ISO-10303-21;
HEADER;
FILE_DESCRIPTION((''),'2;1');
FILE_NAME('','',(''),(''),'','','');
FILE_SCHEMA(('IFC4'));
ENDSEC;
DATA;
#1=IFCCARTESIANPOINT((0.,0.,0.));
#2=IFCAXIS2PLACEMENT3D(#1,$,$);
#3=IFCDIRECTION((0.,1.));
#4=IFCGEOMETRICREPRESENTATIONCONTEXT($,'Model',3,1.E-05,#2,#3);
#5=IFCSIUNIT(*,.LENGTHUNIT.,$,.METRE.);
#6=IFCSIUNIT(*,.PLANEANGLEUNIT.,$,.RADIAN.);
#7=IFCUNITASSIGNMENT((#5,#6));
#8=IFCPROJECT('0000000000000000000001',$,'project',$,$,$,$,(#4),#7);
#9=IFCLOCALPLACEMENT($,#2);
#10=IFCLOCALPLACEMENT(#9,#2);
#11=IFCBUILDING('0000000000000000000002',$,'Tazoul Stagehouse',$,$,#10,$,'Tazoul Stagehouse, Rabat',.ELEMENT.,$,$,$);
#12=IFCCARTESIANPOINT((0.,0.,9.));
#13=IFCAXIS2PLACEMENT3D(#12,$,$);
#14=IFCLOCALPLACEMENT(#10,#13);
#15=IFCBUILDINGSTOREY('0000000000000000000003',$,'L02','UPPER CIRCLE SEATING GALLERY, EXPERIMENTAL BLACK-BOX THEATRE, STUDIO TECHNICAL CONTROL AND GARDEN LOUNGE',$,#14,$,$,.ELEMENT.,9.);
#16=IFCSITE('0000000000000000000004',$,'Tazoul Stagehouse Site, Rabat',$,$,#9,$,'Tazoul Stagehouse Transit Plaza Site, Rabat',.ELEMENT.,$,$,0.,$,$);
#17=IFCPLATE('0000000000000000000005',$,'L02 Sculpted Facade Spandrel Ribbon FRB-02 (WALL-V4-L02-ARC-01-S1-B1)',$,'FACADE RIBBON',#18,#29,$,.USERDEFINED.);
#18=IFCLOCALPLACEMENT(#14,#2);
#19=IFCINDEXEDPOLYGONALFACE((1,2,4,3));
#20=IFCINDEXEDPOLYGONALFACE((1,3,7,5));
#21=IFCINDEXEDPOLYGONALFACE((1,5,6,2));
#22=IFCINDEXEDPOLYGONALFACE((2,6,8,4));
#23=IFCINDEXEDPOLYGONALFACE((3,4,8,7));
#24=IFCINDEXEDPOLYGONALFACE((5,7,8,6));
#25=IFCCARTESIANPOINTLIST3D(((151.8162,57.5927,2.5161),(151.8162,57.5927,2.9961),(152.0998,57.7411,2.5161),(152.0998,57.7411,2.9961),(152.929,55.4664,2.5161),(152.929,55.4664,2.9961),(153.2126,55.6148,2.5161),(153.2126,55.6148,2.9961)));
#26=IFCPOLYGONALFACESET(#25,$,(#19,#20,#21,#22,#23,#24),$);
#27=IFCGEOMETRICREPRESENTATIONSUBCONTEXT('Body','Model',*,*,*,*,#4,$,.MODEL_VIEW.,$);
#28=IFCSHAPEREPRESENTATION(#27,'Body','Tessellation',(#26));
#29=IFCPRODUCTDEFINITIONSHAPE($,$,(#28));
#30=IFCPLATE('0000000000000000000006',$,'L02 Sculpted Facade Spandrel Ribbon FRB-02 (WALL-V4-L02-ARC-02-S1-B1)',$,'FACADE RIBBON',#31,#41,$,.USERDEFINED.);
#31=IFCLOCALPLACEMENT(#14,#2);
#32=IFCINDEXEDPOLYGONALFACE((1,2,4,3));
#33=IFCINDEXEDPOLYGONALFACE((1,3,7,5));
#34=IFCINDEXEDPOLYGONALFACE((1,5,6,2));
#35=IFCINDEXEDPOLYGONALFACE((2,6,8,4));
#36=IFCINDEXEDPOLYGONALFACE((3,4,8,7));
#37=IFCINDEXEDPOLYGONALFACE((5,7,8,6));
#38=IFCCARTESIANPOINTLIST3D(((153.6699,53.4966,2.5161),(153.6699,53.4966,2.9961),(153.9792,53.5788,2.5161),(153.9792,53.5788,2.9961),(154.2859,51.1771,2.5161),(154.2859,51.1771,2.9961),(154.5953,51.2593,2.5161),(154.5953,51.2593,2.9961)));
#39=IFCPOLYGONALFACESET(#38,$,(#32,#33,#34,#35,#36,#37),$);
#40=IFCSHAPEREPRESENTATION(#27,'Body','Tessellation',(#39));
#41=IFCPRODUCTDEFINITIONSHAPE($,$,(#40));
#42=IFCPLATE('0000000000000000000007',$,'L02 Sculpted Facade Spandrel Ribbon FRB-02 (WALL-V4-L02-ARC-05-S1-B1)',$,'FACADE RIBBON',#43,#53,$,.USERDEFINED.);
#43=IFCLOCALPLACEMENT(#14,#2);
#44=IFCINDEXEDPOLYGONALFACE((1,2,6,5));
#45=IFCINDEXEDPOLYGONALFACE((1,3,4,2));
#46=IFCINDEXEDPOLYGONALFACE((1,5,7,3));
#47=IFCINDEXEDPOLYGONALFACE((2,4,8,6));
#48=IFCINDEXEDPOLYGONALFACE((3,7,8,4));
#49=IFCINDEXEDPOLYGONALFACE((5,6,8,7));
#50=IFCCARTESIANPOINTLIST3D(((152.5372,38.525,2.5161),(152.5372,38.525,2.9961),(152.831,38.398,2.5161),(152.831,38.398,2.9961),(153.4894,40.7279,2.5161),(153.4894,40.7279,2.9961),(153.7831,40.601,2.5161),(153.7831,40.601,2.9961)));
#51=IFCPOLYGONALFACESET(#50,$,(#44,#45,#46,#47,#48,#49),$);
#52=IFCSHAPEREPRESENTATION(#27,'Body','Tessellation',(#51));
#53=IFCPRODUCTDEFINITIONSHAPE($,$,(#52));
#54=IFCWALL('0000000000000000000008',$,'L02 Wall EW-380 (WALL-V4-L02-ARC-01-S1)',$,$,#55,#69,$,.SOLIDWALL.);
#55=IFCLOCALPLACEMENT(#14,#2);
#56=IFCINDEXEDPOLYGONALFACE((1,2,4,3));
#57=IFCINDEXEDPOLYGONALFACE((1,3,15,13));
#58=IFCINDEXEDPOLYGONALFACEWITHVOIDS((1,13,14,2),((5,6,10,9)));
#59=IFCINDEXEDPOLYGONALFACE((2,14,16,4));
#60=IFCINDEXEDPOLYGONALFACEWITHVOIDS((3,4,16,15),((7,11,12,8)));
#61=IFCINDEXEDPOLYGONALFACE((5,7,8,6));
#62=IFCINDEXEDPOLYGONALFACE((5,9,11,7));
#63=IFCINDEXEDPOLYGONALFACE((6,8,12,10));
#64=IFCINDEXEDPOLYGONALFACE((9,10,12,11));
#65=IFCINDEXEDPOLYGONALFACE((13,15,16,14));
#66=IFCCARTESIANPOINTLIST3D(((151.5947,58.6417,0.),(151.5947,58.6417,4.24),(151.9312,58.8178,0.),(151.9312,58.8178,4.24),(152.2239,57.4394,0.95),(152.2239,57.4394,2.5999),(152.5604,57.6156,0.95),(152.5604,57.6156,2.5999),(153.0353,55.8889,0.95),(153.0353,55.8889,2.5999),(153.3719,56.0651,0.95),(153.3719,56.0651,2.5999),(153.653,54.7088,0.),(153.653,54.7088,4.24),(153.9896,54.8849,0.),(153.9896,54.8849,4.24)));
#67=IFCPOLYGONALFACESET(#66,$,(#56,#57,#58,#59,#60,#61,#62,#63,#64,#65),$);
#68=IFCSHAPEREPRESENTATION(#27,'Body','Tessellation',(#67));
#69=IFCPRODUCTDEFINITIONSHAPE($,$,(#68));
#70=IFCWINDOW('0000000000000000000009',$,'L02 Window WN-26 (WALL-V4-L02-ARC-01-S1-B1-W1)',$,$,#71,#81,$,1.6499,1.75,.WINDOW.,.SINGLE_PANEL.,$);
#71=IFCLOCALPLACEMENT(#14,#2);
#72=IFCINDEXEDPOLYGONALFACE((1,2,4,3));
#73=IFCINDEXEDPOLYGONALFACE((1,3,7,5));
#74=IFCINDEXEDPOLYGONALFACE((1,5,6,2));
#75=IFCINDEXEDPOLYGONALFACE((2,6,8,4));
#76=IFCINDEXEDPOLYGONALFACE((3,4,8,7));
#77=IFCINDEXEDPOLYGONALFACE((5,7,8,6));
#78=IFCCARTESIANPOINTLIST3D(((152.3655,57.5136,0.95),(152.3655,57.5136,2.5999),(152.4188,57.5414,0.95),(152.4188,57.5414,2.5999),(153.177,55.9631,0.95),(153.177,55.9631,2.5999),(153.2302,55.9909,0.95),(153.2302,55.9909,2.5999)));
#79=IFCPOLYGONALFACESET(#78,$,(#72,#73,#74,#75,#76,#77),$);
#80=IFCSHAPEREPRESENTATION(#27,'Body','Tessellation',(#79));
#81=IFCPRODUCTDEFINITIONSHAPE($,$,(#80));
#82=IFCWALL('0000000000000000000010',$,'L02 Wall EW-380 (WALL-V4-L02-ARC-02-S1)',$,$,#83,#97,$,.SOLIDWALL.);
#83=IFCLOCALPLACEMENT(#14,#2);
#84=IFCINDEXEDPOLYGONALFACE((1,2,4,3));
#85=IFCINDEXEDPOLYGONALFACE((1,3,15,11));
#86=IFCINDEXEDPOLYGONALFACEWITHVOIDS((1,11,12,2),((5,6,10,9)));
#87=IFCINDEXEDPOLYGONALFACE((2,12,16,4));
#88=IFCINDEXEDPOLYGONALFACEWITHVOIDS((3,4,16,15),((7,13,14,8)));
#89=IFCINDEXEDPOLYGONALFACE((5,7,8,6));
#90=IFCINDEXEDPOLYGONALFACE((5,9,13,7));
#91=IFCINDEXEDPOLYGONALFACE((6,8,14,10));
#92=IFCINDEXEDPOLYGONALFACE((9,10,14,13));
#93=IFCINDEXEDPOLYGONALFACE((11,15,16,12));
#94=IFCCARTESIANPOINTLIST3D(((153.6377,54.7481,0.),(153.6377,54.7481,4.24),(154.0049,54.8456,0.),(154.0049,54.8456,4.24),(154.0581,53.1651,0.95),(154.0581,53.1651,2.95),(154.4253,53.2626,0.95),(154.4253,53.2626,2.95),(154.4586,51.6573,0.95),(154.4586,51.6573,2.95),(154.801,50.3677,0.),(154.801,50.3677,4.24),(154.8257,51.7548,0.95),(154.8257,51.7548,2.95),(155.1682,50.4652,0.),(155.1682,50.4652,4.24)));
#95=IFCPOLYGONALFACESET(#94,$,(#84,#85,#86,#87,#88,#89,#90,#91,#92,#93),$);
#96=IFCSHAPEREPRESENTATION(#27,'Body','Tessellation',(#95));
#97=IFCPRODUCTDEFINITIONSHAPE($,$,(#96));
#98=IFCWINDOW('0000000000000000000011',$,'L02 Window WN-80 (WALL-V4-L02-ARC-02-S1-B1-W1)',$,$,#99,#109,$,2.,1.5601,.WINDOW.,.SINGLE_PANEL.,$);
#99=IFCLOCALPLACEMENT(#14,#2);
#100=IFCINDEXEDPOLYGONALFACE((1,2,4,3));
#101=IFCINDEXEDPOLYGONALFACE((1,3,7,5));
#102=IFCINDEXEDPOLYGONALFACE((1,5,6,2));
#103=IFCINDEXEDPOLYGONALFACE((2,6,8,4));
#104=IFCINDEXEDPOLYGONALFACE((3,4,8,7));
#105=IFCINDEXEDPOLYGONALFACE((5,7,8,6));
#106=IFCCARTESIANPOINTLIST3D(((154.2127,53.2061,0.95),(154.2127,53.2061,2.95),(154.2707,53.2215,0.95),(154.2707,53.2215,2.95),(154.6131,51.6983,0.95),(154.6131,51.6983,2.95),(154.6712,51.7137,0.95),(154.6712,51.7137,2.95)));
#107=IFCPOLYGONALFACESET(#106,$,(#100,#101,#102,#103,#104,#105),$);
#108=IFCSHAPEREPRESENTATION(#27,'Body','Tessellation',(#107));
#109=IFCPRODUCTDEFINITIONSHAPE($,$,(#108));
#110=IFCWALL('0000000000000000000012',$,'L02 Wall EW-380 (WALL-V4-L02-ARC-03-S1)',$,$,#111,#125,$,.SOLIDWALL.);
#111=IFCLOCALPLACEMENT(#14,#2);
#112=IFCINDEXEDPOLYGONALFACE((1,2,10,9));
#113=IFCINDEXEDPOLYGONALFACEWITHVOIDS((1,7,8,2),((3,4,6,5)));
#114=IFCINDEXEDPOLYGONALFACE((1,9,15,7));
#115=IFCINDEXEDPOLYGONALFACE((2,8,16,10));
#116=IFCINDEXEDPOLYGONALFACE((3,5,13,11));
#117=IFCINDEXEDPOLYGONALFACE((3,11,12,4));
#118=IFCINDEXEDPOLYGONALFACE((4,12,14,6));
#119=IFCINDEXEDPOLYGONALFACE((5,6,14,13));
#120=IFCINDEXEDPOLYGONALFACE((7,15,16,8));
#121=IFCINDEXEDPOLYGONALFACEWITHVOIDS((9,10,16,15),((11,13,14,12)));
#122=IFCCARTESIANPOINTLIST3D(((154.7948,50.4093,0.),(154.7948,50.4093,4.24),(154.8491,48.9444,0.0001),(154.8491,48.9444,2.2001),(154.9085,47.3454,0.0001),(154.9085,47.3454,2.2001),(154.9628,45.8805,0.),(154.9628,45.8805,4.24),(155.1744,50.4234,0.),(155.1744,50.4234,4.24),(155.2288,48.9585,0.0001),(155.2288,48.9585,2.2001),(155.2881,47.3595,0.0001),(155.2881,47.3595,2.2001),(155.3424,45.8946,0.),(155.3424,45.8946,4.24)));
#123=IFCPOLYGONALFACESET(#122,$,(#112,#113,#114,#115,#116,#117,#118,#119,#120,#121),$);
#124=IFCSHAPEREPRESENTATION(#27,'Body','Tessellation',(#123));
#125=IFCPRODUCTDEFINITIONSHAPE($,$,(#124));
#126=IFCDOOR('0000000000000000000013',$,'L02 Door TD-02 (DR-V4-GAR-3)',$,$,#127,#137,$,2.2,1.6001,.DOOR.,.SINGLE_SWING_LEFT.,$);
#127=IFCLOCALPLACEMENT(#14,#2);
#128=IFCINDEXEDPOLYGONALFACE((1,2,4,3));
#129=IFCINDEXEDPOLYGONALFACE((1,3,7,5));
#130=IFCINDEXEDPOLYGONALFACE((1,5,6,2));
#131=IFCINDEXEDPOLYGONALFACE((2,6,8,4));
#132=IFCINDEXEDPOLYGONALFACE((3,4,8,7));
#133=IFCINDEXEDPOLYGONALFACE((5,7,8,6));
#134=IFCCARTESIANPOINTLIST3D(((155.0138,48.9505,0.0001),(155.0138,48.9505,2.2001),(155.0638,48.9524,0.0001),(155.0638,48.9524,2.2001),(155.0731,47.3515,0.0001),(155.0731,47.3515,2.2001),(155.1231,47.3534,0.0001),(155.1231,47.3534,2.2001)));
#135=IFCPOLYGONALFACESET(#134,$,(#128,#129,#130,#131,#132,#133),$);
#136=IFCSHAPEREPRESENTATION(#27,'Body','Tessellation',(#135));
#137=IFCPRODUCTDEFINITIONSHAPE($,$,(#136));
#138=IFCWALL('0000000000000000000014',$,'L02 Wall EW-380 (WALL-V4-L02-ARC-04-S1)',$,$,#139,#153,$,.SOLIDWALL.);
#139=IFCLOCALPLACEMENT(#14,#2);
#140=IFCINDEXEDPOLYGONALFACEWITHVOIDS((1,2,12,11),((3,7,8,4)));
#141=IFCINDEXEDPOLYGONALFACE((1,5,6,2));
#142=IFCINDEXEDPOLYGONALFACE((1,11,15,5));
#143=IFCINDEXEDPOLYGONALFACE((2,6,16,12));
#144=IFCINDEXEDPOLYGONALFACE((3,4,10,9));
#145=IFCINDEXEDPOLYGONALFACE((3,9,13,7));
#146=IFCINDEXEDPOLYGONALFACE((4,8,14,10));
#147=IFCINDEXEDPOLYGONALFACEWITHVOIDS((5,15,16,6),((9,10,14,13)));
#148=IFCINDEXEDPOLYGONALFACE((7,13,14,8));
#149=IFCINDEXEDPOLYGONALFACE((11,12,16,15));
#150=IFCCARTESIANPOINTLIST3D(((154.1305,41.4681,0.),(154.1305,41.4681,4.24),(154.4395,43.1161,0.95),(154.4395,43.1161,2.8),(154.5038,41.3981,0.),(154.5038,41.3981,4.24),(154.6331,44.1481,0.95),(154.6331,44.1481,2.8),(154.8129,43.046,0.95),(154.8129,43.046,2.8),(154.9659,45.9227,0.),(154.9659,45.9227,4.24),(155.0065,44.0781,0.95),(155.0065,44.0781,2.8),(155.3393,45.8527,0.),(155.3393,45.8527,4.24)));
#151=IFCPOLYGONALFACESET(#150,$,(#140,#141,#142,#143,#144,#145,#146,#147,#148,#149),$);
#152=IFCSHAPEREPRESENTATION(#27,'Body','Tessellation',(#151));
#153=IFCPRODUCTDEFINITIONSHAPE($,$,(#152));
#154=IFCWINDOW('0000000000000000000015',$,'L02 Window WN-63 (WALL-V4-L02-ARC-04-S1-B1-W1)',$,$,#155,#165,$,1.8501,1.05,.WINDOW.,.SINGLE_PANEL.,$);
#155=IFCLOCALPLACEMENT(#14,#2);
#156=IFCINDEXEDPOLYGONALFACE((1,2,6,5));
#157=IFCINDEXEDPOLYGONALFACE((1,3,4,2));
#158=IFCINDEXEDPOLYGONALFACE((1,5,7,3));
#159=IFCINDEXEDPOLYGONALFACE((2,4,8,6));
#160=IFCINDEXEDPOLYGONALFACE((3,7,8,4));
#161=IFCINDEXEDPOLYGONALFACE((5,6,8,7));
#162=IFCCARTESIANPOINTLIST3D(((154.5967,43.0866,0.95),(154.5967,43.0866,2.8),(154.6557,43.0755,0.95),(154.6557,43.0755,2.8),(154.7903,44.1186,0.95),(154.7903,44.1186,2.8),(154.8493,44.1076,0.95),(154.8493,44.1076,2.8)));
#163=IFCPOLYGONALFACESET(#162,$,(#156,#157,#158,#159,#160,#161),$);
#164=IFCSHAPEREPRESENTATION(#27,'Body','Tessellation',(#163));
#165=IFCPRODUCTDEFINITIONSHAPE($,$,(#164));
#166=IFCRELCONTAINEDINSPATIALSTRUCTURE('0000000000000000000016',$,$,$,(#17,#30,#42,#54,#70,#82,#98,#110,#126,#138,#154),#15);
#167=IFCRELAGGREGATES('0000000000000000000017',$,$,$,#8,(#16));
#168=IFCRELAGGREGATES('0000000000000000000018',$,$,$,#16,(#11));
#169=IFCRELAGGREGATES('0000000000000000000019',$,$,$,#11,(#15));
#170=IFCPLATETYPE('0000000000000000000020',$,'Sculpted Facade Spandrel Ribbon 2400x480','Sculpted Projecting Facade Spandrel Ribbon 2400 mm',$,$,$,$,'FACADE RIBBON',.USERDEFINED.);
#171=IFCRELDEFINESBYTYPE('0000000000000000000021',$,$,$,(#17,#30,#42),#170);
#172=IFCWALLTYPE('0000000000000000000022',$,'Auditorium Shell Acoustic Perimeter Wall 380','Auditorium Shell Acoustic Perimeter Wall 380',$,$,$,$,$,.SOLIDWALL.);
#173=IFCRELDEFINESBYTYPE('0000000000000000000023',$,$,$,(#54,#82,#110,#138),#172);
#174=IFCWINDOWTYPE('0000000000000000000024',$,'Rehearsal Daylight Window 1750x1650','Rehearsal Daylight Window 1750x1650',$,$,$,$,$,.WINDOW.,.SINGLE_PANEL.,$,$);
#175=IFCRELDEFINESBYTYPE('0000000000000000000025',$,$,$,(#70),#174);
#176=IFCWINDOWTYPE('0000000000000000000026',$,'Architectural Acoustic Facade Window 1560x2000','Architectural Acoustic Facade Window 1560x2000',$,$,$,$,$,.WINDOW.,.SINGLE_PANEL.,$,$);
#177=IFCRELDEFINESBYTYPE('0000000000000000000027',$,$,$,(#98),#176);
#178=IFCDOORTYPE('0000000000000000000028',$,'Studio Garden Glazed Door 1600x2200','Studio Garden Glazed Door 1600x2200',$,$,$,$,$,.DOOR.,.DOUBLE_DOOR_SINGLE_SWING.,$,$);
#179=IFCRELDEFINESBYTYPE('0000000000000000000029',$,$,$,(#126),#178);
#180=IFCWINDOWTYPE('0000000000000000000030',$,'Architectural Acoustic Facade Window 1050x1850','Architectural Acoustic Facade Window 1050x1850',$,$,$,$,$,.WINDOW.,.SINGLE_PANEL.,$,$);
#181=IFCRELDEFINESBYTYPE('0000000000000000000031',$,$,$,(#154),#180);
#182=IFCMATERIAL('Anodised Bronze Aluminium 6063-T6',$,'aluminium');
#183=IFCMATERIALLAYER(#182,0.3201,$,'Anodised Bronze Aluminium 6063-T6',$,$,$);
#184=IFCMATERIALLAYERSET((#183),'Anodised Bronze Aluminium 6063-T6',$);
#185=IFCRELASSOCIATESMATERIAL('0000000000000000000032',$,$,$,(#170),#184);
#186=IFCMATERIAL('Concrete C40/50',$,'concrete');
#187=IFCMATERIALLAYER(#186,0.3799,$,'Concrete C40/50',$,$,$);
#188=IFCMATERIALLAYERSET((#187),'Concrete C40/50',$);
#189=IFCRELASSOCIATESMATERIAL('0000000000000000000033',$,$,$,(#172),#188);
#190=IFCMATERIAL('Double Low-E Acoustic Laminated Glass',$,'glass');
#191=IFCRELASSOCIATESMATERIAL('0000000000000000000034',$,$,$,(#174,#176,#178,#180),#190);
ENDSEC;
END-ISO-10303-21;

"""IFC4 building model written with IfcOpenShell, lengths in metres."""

from ifc_helpers import new_model, si_unit, direction, frame, frame_2d, origin, origin_2d, place, context, subcontext, project, spatial, rectangle, extrude, material, layer, layer_set, type_object, element, fill, save


model = new_model("IFC4")

# Units and contexts
model_context = context("Model", 3, precision=1e-05, world=origin(), true_north=direction((0.0, 1.0)))
body_context = subcontext(model_context, "Body", "Model", "MODEL_VIEW")
ifc_project = project(units=[si_unit("LENGTHUNIT", "METRE"), si_unit("PLANEANGLEUNIT", "RADIAN")], contexts=[model_context])

# Site, building, storey
site_placement = place(None, origin())
site = spatial("IfcSite", under=ifc_project, at=site_placement, Name="Tazoul Stagehouse Site, Rabat", LongName="Tazoul Stagehouse Transit Plaza Site, Rabat", CompositionType="ELEMENT", RefElevation=0.0)
building_placement = place(site_placement, origin())
building = spatial("IfcBuilding", under=site, at=building_placement, Name="Tazoul Stagehouse", LongName="Tazoul Stagehouse, Rabat", CompositionType="ELEMENT")
storey_placement = place(building_placement, frame((0.0, 0.0, 9.0)))
storey = spatial("IfcBuildingStorey", under=building, at=storey_placement, Name="L02", Description="UPPER CIRCLE SEATING GALLERY, EXPERIMENTAL BLACK-BOX THEATRE, STUDIO TECHNICAL CONTROL AND GARDEN LOUNGE", CompositionType="ELEMENT", Elevation=9.0)

# Shared definitions
ifc_material_1 = material(Name="Concrete C40/50", Category="concrete")

# Plates
ifc_material_2 = material(Name="Anodised Bronze Aluminium 6063-T6", Category="aluminium")
ifc_layer_1 = layer(ifc_material_2, 0.3201, Name="Anodised Bronze Aluminium 6063-T6")
ifc_layer_set_1 = layer_set([ifc_layer_1], Name="Anodised Bronze Aluminium 6063-T6")
plate_type_1 = type_object("IfcPlateType", Name="Sculpted Facade Spandrel Ribbon 2400x480", Description="Sculpted Projecting Facade Spandrel Ribbon 2400 mm", ElementType="FACADE RIBBON", PredefinedType="USERDEFINED", material=ifc_layer_set_1)
for number, where, z_axis, x_axis, name in (
    (1, (152.5144, 56.6038, 2.5161), (0.0, 0.0, 1.0), (0.463698, -0.885993, 0.0), "L02 Sculpted Facade Spandrel Ribbon FRB-02 (WALL-V4-L02-ARC-01-S1-B1)"),
    (2, (154.1326, 52.3779, 2.5161), (0.0, 0.0, 1.0), (0.256703, -0.96649, 0.0), "L02 Sculpted Facade Spandrel Ribbon FRB-02 (WALL-V4-L02-ARC-02-S1-B1)"),
    (3, (153.1602, 39.563, 2.5161), (0.0, 0.0, 1.0), (-0.396762, -0.917922, 0.0), "L02 Sculpted Facade Spandrel Ribbon FRB-02 (WALL-V4-L02-ARC-05-S1-B1)"),
):
    element("IfcPlate", number, at=place(storey_placement, frame(where, z_axis=z_axis, x_axis=x_axis)), inside=storey, type_object=plate_type_1, Name=name, ObjectType="FACADE RIBBON", PredefinedType="USERDEFINED", context=body_context, shape_type="SweptSolid", body=[
        extrude(rectangle(XDim=2.3999, YDim=0.3201, at=origin_2d()), origin(), (0.0, 0.0, 1.0), 0.48),
    ])

# Walls, openings, windows
ifc_layer_2 = layer(ifc_material_1, 0.3799, Name="Concrete C40/50")
ifc_layer_set_2 = layer_set([ifc_layer_2], Name="Concrete C40/50")
wall_type_1 = type_object("IfcWallType", Name="Auditorium Shell Acoustic Perimeter Wall 380", Description="Auditorium Shell Acoustic Perimeter Wall 380", PredefinedType="SOLIDWALL", material=ifc_layer_set_2)
wall_1_placement = place(storey_placement, frame((151.7629, 58.7297, 0.0), z_axis=(0.0, 0.0, 1.0), x_axis=(0.463703, -0.885991, 0.0)))
wall_1 = element("IfcWall", 4, at=wall_1_placement, inside=storey, type_object=wall_type_1, Name="L02 Wall EW-380 (WALL-V4-L02-ARC-01-S1)", PredefinedType="SOLIDWALL", context=body_context, shape_type="SweptSolid", body=[
    extrude(rectangle(XDim=4.439, YDim=0.3799, at=frame_2d((2.2195, 0.0))), origin(), (0.0, 0.0, 1.0), 4.24),
])
opening_1_placement = place(wall_1_placement, frame((1.3569, 0.0, 0.95)))
opening_1 = element("IfcOpeningElement", 5, at=opening_1_placement, cuts=wall_1, PredefinedType="OPENING", context=body_context, shape_type="SweptSolid", body=[
    extrude(rectangle(XDim=1.75, YDim=1.6499, at=frame_2d((0.875, 0.825))), frame((0.0, 0.21, 0.0), z_axis=(0.0, -1.0, 0.0), x_axis=(1.0, 0.0, 0.0)), (0.0, 0.0, 1.0), 0.4199),
])
ifc_material_3 = material(Name="Double Low-E Acoustic Laminated Glass", Category="glass")
window_type_1 = type_object("IfcWindowType", Name="Rehearsal Daylight Window 1750x1650", Description="Rehearsal Daylight Window 1750x1650", PartitioningType="SINGLE_PANEL", PredefinedType="WINDOW", material=ifc_material_3)
window_1_placement = place(opening_1_placement, origin())
window_1 = element("IfcWindow", 6, at=window_1_placement, inside=storey, type_object=window_type_1, Name="L02 Window WN-26 (WALL-V4-L02-ARC-01-S1-B1-W1)", OverallHeight=1.6499, OverallWidth=1.75, PartitioningType="SINGLE_PANEL", PredefinedType="WINDOW", context=body_context, shape_type="SweptSolid", body=[
    extrude(rectangle(XDim=1.75, YDim=1.6499, at=frame_2d((0.875, 0.825))), frame((0.0, 0.03, 0.0), z_axis=(0.0, -1.0, 0.0), x_axis=(1.0, 0.0, 0.0)), (0.0, 0.0, 1.0), 0.0601),
])
fill(opening_1, window_1)
wall_2_placement = place(storey_placement, frame((153.8213, 54.7969, 0.0), z_axis=(0.0, 0.0, 1.0), x_axis=(0.25668, -0.966496, 0.0)))
wall_2 = element("IfcWall", 7, at=wall_2_placement, inside=storey, type_object=wall_type_1, Name="L02 Wall EW-380 (WALL-V4-L02-ARC-02-S1)", PredefinedType="SOLIDWALL", context=body_context, shape_type="SweptSolid", body=[
    extrude(rectangle(XDim=4.5322, YDim=0.3799, at=frame_2d((2.2661, 0.0))), origin(), (0.0, 0.0, 1.0), 4.24),
])
opening_2_placement = place(wall_2_placement, frame((1.6379, 0.0, 0.95)))
opening_2 = element("IfcOpeningElement", 8, at=opening_2_placement, cuts=wall_2, PredefinedType="OPENING", context=body_context, shape_type="SweptSolid", body=[
    extrude(rectangle(XDim=1.5601, YDim=2.0, at=frame_2d((0.78, 1.0))), frame((0.0, 0.21, 0.0), z_axis=(0.0, -1.0, 0.0), x_axis=(1.0, 0.0, 0.0)), (0.0, 0.0, 1.0), 0.4199),
])
window_type_2 = type_object("IfcWindowType", Name="Architectural Acoustic Facade Window 1560x2000", Description="Architectural Acoustic Facade Window 1560x2000", PartitioningType="SINGLE_PANEL", PredefinedType="WINDOW", material=ifc_material_3)
window_2_placement = place(opening_2_placement, origin())
window_2 = element("IfcWindow", 9, at=window_2_placement, inside=storey, type_object=window_type_2, Name="L02 Window WN-80 (WALL-V4-L02-ARC-02-S1-B1-W1)", OverallHeight=2.0, OverallWidth=1.5601, PartitioningType="SINGLE_PANEL", PredefinedType="WINDOW", context=body_context, shape_type="SweptSolid", body=[
    extrude(rectangle(XDim=1.5601, YDim=2.0, at=frame_2d((0.78, 1.0))), frame((0.0, 0.03, 0.0), z_axis=(0.0, -1.0, 0.0), x_axis=(1.0, 0.0, 0.0)), (0.0, 0.0, 1.0), 0.0601),
])
fill(opening_2, window_2)

# Wall, opening, door
wall_3_placement = place(storey_placement, frame((154.9846, 50.4165, 0.0), z_axis=(0.0, 0.0, 1.0), x_axis=(0.037063, -0.999313, 0.0)))
wall_3 = element("IfcWall", 10, at=wall_3_placement, inside=storey, type_object=wall_type_1, Name="L02 Wall EW-380 (WALL-V4-L02-ARC-03-S1)", PredefinedType="SOLIDWALL", context=body_context, shape_type="SweptSolid", body=[
    extrude(rectangle(XDim=4.532, YDim=0.3799, at=frame_2d((2.2661, 0.0))), origin(), (0.0, 0.0, 1.0), 4.24),
])
opening_3_placement = place(wall_3_placement, frame((1.4661, 0.0, 0.0)))
opening_3 = element("IfcOpeningElement", 11, at=opening_3_placement, cuts=wall_3, PredefinedType="OPENING", context=body_context, shape_type="SweptSolid", body=[
    extrude(rectangle(XDim=1.6001, YDim=2.2, at=frame_2d((0.8, 1.1001))), frame((0.0, 0.21, 0.0), z_axis=(0.0, -1.0, 0.0), x_axis=(1.0, 0.0, 0.0)), (0.0, 0.0, 1.0), 0.4199),
])
door_type_1 = type_object("IfcDoorType", Name="Studio Garden Glazed Door 1600x2200", Description="Studio Garden Glazed Door 1600x2200", OperationType="DOUBLE_DOOR_SINGLE_SWING", PredefinedType="DOOR", material=ifc_material_3)
door_1_placement = place(opening_3_placement, origin())
door_1 = element("IfcDoor", 12, at=door_1_placement, inside=storey, type_object=door_type_1, Name="L02 Door TD-02 (DR-V4-GAR-3)", OperationType="SINGLE_SWING_LEFT", OverallHeight=2.2, OverallWidth=1.6001, PredefinedType="DOOR", context=body_context, shape_type="SweptSolid", body=[
    extrude(rectangle(XDim=1.6001, YDim=2.2, at=frame_2d((0.8, 1.1001))), frame((0.0, 0.0249, 0.0), z_axis=(0.0, -1.0, 0.0), x_axis=(1.0, 0.0, 0.0)), (0.0, 0.0, 1.0), 0.05),
])
fill(opening_3, door_1)

# Wall, opening, window
wall_4_placement = place(storey_placement, frame((155.1526, 45.8877, 0.0), z_axis=(0.0, 0.0, 1.0), x_axis=(-0.184334, -0.982864, 0.0)))
wall_4 = element("IfcWall", 13, at=wall_4_placement, inside=storey, type_object=wall_type_1, Name="L02 Wall EW-380 (WALL-V4-L02-ARC-04-S1)", PredefinedType="SOLIDWALL", context=body_context, shape_type="SweptSolid", body=[
    extrude(rectangle(XDim=4.5322, YDim=0.3799, at=frame_2d((2.2661, 0.0))), origin(), (0.0, 0.0, 1.0), 4.24),
])
opening_4_placement = place(wall_4_placement, frame((1.8057, 0.0, 0.95)))
opening_4 = element("IfcOpeningElement", 14, at=opening_4_placement, cuts=wall_4, PredefinedType="OPENING", context=body_context, shape_type="SweptSolid", body=[
    extrude(rectangle(XDim=1.05, YDim=1.8501, at=frame_2d((0.5249, 0.925))), frame((0.0, 0.21, 0.0), z_axis=(0.0, -1.0, 0.0), x_axis=(1.0, 0.0, 0.0)), (0.0, 0.0, 1.0), 0.4199),
])
window_type_3 = type_object("IfcWindowType", Name="Architectural Acoustic Facade Window 1050x1850", Description="Architectural Acoustic Facade Window 1050x1850", PartitioningType="SINGLE_PANEL", PredefinedType="WINDOW", material=ifc_material_3)
window_3_placement = place(opening_4_placement, origin())
window_3 = element("IfcWindow", 15, at=window_3_placement, inside=storey, type_object=window_type_3, Name="L02 Window WN-63 (WALL-V4-L02-ARC-04-S1-B1-W1)", OverallHeight=1.8501, OverallWidth=1.05, PartitioningType="SINGLE_PANEL", PredefinedType="WINDOW", context=body_context, shape_type="SweptSolid", body=[
    extrude(rectangle(XDim=1.05, YDim=1.8501, at=frame_2d((0.5249, 0.925))), frame((0.0, 0.03, 0.0), z_axis=(0.0, -1.0, 0.0), x_axis=(1.0, 0.0, 0.0)), (0.0, 0.0, 1.0), 0.0601),
])
fill(opening_4, window_3)

save(model, "model.ifc")
